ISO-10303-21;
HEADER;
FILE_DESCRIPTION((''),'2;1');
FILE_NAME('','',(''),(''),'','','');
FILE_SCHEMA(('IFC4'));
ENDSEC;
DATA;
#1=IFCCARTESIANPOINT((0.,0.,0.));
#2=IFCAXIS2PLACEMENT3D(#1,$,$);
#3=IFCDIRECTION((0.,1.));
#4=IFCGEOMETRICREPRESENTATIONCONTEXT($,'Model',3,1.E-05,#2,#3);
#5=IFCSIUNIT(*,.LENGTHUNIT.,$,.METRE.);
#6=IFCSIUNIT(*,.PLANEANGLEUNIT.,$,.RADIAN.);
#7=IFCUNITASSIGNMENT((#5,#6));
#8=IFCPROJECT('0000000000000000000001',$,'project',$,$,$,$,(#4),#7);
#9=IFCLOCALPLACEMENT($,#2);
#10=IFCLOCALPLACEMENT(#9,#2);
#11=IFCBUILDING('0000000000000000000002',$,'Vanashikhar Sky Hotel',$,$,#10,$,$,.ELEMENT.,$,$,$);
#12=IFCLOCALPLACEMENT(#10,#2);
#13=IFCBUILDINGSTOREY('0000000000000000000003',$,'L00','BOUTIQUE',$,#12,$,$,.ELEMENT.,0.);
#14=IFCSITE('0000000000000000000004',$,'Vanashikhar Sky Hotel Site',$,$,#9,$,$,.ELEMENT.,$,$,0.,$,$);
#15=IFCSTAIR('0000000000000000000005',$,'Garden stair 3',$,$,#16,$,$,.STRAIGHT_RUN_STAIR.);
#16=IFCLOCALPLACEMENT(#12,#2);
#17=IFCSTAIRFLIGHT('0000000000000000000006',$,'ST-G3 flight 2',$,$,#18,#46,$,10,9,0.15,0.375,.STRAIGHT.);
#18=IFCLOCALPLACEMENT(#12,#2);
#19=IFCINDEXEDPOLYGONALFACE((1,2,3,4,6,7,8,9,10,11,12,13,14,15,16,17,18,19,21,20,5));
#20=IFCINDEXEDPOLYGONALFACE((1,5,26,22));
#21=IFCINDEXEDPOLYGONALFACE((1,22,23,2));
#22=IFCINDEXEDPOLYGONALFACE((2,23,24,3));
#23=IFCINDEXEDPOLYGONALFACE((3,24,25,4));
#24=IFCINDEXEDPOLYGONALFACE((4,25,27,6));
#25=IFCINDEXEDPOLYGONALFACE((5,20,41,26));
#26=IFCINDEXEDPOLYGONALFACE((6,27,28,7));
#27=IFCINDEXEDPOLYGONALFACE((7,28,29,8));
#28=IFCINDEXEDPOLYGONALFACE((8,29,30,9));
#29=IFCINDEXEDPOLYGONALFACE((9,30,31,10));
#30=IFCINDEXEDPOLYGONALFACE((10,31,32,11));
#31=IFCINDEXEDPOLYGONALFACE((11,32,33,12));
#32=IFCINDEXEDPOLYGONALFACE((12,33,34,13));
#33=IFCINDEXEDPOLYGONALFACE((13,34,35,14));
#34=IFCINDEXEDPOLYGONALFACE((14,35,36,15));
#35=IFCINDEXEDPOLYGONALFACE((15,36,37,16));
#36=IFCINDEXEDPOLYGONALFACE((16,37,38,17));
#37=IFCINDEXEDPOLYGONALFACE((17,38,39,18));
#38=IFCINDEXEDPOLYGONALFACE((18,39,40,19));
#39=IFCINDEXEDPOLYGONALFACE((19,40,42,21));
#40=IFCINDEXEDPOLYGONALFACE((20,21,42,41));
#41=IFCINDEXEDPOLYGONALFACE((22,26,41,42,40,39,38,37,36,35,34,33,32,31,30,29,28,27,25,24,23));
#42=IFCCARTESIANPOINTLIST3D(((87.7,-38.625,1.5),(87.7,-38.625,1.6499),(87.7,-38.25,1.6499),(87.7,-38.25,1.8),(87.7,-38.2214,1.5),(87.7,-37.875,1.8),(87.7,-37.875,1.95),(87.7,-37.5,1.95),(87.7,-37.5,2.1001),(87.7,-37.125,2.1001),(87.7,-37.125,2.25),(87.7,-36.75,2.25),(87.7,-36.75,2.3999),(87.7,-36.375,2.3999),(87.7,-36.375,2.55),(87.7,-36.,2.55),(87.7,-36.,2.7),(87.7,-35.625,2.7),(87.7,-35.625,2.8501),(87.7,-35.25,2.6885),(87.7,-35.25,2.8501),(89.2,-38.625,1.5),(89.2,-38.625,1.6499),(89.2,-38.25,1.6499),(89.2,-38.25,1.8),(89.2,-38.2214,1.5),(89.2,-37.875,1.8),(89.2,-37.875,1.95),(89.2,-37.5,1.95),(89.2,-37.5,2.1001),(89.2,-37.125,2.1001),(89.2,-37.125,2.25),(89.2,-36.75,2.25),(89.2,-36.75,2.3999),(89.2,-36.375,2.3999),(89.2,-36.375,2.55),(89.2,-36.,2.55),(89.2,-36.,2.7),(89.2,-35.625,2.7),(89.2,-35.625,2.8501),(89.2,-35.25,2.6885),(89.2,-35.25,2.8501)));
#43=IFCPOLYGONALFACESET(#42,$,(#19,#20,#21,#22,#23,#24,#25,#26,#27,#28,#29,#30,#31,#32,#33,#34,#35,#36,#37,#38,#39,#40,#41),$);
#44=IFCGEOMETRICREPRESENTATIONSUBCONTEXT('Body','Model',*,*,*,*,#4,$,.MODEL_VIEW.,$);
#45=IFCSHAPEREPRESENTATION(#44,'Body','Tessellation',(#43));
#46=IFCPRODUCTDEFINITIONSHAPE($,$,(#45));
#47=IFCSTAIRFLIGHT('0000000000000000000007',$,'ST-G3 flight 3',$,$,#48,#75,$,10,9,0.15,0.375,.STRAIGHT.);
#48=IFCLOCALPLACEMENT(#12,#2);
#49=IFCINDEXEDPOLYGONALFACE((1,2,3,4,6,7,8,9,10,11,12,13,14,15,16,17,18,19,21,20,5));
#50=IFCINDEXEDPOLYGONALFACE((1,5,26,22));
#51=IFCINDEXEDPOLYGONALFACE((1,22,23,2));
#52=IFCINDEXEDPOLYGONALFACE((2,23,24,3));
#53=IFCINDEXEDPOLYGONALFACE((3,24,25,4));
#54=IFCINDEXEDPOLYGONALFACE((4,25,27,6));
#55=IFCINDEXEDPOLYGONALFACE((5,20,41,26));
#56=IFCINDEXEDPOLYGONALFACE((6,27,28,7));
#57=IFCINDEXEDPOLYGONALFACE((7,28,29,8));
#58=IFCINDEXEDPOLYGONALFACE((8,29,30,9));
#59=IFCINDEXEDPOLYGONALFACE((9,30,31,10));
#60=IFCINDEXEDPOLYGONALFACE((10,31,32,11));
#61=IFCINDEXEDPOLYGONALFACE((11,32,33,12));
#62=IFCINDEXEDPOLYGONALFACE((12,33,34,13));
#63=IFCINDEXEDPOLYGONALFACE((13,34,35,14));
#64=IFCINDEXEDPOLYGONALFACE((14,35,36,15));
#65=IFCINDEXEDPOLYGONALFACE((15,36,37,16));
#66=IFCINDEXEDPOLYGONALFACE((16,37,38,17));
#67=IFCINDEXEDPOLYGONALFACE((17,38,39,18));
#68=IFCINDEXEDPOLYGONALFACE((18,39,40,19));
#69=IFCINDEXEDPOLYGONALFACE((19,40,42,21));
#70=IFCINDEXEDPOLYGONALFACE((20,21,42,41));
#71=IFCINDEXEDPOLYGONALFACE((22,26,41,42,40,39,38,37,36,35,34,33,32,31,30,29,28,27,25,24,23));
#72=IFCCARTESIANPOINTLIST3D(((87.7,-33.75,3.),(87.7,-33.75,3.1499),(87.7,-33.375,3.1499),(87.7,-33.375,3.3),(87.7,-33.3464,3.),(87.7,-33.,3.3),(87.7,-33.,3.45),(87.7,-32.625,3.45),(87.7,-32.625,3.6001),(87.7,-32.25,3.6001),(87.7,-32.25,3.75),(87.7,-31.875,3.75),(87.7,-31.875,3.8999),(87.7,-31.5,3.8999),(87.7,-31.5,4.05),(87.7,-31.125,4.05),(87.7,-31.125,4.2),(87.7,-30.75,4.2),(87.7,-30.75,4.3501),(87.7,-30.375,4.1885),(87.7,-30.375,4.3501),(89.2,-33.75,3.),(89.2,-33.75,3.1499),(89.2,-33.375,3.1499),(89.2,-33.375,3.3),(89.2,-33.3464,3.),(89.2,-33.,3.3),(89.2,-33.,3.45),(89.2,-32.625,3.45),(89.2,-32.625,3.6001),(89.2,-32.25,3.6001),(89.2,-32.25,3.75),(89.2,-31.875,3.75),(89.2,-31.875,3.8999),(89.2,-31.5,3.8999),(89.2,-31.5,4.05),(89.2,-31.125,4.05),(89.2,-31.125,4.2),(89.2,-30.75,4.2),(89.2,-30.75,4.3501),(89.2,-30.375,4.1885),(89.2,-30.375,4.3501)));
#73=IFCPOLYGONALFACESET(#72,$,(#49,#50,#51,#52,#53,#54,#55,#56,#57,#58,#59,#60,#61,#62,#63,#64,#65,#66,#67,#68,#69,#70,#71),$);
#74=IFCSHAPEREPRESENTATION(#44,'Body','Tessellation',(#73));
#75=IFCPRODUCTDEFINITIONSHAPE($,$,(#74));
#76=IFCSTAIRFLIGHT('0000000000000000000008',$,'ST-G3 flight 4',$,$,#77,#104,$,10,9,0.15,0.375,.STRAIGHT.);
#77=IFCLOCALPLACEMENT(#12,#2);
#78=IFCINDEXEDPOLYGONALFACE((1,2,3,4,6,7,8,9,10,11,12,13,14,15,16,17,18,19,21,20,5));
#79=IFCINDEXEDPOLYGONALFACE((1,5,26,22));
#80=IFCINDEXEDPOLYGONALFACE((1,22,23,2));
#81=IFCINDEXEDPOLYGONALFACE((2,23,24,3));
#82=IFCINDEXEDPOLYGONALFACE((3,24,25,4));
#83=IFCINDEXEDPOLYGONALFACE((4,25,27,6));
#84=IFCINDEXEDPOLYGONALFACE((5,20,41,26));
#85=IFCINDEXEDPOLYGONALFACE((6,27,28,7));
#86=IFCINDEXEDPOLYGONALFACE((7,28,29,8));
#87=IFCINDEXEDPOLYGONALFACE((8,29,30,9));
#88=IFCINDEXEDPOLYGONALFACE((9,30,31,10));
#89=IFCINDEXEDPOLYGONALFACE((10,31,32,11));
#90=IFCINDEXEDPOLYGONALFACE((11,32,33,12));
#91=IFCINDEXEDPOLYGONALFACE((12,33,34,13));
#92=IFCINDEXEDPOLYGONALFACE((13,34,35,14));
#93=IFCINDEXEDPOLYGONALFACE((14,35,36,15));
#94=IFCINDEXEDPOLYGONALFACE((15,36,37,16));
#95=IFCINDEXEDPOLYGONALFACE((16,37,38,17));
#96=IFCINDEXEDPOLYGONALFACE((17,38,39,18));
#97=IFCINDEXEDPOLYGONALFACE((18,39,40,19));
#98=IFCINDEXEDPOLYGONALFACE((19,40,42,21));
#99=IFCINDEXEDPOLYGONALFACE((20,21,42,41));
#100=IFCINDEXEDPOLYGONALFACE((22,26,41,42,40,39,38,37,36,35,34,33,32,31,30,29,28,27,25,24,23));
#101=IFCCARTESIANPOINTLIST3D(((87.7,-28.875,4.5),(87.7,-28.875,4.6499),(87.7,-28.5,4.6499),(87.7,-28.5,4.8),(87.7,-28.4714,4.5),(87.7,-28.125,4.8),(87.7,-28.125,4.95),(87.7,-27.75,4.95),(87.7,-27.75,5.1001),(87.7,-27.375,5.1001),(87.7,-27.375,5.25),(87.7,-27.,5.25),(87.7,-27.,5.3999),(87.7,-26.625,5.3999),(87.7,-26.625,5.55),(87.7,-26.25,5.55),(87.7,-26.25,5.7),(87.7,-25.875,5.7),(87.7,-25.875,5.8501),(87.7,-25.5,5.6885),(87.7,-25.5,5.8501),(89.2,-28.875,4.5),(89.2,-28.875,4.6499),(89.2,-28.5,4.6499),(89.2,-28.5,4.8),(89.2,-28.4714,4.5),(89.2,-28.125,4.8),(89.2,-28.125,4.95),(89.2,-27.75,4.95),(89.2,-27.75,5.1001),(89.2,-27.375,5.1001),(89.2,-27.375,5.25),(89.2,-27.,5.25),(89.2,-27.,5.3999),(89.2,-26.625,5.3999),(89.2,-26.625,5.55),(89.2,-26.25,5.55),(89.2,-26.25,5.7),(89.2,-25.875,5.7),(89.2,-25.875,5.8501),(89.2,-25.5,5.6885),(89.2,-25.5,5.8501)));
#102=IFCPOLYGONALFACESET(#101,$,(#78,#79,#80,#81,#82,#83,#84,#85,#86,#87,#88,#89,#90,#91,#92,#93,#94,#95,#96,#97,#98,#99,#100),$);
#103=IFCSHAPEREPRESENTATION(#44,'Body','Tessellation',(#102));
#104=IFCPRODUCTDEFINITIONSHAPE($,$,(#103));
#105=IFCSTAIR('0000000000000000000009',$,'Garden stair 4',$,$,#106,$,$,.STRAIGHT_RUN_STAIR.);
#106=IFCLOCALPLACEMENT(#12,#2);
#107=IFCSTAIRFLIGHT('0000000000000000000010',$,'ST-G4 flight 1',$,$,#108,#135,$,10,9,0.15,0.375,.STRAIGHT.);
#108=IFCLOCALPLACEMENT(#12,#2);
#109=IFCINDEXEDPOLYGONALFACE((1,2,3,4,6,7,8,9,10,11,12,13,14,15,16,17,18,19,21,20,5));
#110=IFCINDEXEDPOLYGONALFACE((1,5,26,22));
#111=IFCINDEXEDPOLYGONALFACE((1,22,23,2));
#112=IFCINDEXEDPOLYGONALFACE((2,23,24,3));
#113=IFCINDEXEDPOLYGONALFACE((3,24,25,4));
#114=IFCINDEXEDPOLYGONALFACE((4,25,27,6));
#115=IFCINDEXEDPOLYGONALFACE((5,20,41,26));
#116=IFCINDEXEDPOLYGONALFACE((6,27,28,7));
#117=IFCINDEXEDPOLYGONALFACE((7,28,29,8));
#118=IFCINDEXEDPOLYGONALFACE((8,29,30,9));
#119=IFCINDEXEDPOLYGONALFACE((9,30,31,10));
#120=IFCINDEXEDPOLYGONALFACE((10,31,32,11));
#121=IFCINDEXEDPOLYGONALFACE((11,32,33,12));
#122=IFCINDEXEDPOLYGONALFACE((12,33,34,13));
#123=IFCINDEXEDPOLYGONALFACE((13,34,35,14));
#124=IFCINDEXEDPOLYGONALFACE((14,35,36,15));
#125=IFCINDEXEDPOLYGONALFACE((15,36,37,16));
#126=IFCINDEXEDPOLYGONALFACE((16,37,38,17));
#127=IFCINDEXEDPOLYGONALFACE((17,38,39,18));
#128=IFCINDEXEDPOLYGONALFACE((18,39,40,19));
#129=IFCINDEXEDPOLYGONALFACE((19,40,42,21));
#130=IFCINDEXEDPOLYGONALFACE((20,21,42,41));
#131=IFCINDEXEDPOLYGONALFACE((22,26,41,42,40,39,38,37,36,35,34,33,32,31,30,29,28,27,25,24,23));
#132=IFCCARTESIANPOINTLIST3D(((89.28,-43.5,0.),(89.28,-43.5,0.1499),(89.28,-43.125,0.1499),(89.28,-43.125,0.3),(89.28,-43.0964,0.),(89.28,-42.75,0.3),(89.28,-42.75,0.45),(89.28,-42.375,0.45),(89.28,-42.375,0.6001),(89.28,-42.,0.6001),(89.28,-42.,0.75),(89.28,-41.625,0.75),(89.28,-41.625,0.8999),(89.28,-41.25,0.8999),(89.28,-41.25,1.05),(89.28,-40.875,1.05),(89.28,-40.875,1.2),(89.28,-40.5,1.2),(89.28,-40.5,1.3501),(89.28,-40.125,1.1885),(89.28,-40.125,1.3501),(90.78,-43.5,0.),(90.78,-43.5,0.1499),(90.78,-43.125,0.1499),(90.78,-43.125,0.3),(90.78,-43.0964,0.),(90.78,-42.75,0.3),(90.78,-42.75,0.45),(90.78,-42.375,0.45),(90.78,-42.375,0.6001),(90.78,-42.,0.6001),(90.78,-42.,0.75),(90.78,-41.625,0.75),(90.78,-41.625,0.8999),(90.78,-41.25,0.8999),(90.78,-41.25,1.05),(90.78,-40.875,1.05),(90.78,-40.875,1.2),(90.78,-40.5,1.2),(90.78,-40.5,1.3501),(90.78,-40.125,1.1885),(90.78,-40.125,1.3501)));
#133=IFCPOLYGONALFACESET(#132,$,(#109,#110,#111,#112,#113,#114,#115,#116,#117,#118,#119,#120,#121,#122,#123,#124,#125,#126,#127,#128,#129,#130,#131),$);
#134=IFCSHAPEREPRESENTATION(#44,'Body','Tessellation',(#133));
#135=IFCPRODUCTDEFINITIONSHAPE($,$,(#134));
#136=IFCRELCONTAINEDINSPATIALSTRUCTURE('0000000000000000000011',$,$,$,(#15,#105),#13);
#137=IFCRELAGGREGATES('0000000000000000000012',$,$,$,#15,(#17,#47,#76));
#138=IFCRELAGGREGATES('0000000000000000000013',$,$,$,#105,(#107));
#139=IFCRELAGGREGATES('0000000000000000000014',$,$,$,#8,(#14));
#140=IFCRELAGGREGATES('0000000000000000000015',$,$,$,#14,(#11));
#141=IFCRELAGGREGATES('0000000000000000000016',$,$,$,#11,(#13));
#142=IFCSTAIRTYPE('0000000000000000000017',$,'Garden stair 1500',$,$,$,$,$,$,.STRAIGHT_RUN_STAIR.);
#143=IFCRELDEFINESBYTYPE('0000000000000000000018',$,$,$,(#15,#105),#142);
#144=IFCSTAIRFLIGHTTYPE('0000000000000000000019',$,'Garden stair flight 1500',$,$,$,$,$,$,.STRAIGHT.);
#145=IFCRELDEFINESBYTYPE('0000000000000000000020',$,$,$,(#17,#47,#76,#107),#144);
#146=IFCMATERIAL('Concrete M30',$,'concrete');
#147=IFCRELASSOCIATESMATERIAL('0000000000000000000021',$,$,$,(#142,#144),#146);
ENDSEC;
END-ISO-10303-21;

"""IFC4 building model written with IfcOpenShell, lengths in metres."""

from ifc_helpers import new_model, si_unit, direction, frame, origin, place, context, subcontext, project, spatial, polyline, outline, extrude, source, transform, mapped, material, type_object, element, aggregate, save


model = new_model("IFC4")

# Units and contexts
model_context = context("Model", 3, precision=1e-05, world=origin(), true_north=direction((0.0, 1.0)))
body_context = subcontext(model_context, "Body", "Model", "MODEL_VIEW")
ifc_project = project(units=[si_unit("LENGTHUNIT", "METRE"), si_unit("PLANEANGLEUNIT", "RADIAN")], contexts=[model_context])

# Site, building, storey
site_placement = place(None, origin())
site = spatial("IfcSite", under=ifc_project, at=site_placement, Name="Vanashikhar Sky Hotel Site", CompositionType="ELEMENT", RefElevation=0.0)
building_placement = place(site_placement, origin())
building = spatial("IfcBuilding", under=site, at=building_placement, Name="Vanashikhar Sky Hotel", CompositionType="ELEMENT")
storey_placement = place(building_placement, origin())
storey = spatial("IfcBuildingStorey", under=building, at=storey_placement, Name="L00", Description="BOUTIQUE", CompositionType="ELEMENT", Elevation=0.0)

# Stair, stair flights
ifc_material_1 = material(Name="Concrete M30", Category="concrete")
stair_type = type_object("IfcStairType", Name="Garden stair 1500", PredefinedType="STRAIGHT_RUN_STAIR", material=ifc_material_1)
stair_flight_type = type_object("IfcStairFlightType", Name="Garden stair flight 1500", PredefinedType="STRAIGHT", material=ifc_material_1)
shared_shape_1 = source(origin(), body_context, "Body", "SweptSolid", [
    extrude(outline(polyline([(0.0, 0.0), (0.0, 0.1499), (0.375, 0.1499), (0.375, 0.3), (0.75, 0.3), (0.75, 0.45), (1.125, 0.45), (1.125, 0.6001), (1.5, 0.6001), (1.5, 0.75), (1.875, 0.75), (1.875, 0.8999), (2.25, 0.8999), (2.25, 1.05), (2.625, 1.05), (2.625, 1.2), (3.0, 1.2), (3.0, 1.3501), (3.375, 1.3501), (3.375, 1.5), (3.375, 1.1885), (0.4036, 0.0), (0.0, 0.0)])), frame((0.0, 0.75, 0.0), z_axis=(0.0, -1.0, 0.0), x_axis=(1.0, 0.0, 0.0)), (0.0, 0.0, 1.0), 1.5),
])
stair_1_placement = place(storey_placement, origin())
stair_1 = element("IfcStair", 1, at=stair_1_placement, inside=storey, type_object=stair_type, Name="Garden stair 3", PredefinedType="STRAIGHT_RUN_STAIR")
stair_flight_1_placement = place(storey_placement, frame((88.45, -38.625, 1.5), z_axis=(0.0, 0.0, 1.0), x_axis=(0.0, 1.0, 0.0)))
stair_flight_1 = element("IfcStairFlight", 2, at=stair_flight_1_placement, type_object=stair_flight_type, Name="ST-G3 flight 2", NumberOfRisers=10, NumberOfTreads=9, PredefinedType="STRAIGHT", RiserHeight=0.15, TreadLength=0.375, context=body_context, shape_type="MappedRepresentation", body=[
    mapped(shared_shape_1, transform((0.0, 0.0, 0.0), scale=1.0)),
])
stair_flight_2_placement = place(storey_placement, frame((88.45, -33.75, 3.0), z_axis=(0.0, 0.0, 1.0), x_axis=(0.0, 1.0, 0.0)))
stair_flight_2 = element("IfcStairFlight", 3, at=stair_flight_2_placement, type_object=stair_flight_type, Name="ST-G3 flight 3", NumberOfRisers=10, NumberOfTreads=9, PredefinedType="STRAIGHT", RiserHeight=0.15, TreadLength=0.375, context=body_context, shape_type="MappedRepresentation", body=[
    mapped(shared_shape_1, transform((0.0, 0.0, 0.0), scale=1.0)),
])
stair_flight_3_placement = place(storey_placement, frame((88.45, -28.875, 4.5), z_axis=(0.0, 0.0, 1.0), x_axis=(0.0, 1.0, 0.0)))
stair_flight_3 = element("IfcStairFlight", 4, at=stair_flight_3_placement, type_object=stair_flight_type, Name="ST-G3 flight 4", NumberOfRisers=10, NumberOfTreads=9, PredefinedType="STRAIGHT", RiserHeight=0.15, TreadLength=0.375, context=body_context, shape_type="MappedRepresentation", body=[
    mapped(shared_shape_1, transform((0.0, 0.0, 0.0), scale=1.0)),
])
aggregate(stair_1, [stair_flight_1, stair_flight_2, stair_flight_3])

# Stair, stair flight
stair_2_placement = place(storey_placement, origin())
stair_2 = element("IfcStair", 5, at=stair_2_placement, inside=storey, type_object=stair_type, Name="Garden stair 4", PredefinedType="STRAIGHT_RUN_STAIR")
stair_flight_4_placement = place(storey_placement, frame((90.03, -43.5, 0.0), z_axis=(0.0, 0.0, 1.0), x_axis=(0.0, 1.0, 0.0)))
stair_flight_4 = element("IfcStairFlight", 6, at=stair_flight_4_placement, type_object=stair_flight_type, Name="ST-G4 flight 1", NumberOfRisers=10, NumberOfTreads=9, PredefinedType="STRAIGHT", RiserHeight=0.15, TreadLength=0.375, context=body_context, shape_type="MappedRepresentation", body=[
    mapped(shared_shape_1, transform((0.0, 0.0, 0.0), scale=1.0)),
])
aggregate(stair_2, [stair_flight_4])

save(model, "model.ifc")
